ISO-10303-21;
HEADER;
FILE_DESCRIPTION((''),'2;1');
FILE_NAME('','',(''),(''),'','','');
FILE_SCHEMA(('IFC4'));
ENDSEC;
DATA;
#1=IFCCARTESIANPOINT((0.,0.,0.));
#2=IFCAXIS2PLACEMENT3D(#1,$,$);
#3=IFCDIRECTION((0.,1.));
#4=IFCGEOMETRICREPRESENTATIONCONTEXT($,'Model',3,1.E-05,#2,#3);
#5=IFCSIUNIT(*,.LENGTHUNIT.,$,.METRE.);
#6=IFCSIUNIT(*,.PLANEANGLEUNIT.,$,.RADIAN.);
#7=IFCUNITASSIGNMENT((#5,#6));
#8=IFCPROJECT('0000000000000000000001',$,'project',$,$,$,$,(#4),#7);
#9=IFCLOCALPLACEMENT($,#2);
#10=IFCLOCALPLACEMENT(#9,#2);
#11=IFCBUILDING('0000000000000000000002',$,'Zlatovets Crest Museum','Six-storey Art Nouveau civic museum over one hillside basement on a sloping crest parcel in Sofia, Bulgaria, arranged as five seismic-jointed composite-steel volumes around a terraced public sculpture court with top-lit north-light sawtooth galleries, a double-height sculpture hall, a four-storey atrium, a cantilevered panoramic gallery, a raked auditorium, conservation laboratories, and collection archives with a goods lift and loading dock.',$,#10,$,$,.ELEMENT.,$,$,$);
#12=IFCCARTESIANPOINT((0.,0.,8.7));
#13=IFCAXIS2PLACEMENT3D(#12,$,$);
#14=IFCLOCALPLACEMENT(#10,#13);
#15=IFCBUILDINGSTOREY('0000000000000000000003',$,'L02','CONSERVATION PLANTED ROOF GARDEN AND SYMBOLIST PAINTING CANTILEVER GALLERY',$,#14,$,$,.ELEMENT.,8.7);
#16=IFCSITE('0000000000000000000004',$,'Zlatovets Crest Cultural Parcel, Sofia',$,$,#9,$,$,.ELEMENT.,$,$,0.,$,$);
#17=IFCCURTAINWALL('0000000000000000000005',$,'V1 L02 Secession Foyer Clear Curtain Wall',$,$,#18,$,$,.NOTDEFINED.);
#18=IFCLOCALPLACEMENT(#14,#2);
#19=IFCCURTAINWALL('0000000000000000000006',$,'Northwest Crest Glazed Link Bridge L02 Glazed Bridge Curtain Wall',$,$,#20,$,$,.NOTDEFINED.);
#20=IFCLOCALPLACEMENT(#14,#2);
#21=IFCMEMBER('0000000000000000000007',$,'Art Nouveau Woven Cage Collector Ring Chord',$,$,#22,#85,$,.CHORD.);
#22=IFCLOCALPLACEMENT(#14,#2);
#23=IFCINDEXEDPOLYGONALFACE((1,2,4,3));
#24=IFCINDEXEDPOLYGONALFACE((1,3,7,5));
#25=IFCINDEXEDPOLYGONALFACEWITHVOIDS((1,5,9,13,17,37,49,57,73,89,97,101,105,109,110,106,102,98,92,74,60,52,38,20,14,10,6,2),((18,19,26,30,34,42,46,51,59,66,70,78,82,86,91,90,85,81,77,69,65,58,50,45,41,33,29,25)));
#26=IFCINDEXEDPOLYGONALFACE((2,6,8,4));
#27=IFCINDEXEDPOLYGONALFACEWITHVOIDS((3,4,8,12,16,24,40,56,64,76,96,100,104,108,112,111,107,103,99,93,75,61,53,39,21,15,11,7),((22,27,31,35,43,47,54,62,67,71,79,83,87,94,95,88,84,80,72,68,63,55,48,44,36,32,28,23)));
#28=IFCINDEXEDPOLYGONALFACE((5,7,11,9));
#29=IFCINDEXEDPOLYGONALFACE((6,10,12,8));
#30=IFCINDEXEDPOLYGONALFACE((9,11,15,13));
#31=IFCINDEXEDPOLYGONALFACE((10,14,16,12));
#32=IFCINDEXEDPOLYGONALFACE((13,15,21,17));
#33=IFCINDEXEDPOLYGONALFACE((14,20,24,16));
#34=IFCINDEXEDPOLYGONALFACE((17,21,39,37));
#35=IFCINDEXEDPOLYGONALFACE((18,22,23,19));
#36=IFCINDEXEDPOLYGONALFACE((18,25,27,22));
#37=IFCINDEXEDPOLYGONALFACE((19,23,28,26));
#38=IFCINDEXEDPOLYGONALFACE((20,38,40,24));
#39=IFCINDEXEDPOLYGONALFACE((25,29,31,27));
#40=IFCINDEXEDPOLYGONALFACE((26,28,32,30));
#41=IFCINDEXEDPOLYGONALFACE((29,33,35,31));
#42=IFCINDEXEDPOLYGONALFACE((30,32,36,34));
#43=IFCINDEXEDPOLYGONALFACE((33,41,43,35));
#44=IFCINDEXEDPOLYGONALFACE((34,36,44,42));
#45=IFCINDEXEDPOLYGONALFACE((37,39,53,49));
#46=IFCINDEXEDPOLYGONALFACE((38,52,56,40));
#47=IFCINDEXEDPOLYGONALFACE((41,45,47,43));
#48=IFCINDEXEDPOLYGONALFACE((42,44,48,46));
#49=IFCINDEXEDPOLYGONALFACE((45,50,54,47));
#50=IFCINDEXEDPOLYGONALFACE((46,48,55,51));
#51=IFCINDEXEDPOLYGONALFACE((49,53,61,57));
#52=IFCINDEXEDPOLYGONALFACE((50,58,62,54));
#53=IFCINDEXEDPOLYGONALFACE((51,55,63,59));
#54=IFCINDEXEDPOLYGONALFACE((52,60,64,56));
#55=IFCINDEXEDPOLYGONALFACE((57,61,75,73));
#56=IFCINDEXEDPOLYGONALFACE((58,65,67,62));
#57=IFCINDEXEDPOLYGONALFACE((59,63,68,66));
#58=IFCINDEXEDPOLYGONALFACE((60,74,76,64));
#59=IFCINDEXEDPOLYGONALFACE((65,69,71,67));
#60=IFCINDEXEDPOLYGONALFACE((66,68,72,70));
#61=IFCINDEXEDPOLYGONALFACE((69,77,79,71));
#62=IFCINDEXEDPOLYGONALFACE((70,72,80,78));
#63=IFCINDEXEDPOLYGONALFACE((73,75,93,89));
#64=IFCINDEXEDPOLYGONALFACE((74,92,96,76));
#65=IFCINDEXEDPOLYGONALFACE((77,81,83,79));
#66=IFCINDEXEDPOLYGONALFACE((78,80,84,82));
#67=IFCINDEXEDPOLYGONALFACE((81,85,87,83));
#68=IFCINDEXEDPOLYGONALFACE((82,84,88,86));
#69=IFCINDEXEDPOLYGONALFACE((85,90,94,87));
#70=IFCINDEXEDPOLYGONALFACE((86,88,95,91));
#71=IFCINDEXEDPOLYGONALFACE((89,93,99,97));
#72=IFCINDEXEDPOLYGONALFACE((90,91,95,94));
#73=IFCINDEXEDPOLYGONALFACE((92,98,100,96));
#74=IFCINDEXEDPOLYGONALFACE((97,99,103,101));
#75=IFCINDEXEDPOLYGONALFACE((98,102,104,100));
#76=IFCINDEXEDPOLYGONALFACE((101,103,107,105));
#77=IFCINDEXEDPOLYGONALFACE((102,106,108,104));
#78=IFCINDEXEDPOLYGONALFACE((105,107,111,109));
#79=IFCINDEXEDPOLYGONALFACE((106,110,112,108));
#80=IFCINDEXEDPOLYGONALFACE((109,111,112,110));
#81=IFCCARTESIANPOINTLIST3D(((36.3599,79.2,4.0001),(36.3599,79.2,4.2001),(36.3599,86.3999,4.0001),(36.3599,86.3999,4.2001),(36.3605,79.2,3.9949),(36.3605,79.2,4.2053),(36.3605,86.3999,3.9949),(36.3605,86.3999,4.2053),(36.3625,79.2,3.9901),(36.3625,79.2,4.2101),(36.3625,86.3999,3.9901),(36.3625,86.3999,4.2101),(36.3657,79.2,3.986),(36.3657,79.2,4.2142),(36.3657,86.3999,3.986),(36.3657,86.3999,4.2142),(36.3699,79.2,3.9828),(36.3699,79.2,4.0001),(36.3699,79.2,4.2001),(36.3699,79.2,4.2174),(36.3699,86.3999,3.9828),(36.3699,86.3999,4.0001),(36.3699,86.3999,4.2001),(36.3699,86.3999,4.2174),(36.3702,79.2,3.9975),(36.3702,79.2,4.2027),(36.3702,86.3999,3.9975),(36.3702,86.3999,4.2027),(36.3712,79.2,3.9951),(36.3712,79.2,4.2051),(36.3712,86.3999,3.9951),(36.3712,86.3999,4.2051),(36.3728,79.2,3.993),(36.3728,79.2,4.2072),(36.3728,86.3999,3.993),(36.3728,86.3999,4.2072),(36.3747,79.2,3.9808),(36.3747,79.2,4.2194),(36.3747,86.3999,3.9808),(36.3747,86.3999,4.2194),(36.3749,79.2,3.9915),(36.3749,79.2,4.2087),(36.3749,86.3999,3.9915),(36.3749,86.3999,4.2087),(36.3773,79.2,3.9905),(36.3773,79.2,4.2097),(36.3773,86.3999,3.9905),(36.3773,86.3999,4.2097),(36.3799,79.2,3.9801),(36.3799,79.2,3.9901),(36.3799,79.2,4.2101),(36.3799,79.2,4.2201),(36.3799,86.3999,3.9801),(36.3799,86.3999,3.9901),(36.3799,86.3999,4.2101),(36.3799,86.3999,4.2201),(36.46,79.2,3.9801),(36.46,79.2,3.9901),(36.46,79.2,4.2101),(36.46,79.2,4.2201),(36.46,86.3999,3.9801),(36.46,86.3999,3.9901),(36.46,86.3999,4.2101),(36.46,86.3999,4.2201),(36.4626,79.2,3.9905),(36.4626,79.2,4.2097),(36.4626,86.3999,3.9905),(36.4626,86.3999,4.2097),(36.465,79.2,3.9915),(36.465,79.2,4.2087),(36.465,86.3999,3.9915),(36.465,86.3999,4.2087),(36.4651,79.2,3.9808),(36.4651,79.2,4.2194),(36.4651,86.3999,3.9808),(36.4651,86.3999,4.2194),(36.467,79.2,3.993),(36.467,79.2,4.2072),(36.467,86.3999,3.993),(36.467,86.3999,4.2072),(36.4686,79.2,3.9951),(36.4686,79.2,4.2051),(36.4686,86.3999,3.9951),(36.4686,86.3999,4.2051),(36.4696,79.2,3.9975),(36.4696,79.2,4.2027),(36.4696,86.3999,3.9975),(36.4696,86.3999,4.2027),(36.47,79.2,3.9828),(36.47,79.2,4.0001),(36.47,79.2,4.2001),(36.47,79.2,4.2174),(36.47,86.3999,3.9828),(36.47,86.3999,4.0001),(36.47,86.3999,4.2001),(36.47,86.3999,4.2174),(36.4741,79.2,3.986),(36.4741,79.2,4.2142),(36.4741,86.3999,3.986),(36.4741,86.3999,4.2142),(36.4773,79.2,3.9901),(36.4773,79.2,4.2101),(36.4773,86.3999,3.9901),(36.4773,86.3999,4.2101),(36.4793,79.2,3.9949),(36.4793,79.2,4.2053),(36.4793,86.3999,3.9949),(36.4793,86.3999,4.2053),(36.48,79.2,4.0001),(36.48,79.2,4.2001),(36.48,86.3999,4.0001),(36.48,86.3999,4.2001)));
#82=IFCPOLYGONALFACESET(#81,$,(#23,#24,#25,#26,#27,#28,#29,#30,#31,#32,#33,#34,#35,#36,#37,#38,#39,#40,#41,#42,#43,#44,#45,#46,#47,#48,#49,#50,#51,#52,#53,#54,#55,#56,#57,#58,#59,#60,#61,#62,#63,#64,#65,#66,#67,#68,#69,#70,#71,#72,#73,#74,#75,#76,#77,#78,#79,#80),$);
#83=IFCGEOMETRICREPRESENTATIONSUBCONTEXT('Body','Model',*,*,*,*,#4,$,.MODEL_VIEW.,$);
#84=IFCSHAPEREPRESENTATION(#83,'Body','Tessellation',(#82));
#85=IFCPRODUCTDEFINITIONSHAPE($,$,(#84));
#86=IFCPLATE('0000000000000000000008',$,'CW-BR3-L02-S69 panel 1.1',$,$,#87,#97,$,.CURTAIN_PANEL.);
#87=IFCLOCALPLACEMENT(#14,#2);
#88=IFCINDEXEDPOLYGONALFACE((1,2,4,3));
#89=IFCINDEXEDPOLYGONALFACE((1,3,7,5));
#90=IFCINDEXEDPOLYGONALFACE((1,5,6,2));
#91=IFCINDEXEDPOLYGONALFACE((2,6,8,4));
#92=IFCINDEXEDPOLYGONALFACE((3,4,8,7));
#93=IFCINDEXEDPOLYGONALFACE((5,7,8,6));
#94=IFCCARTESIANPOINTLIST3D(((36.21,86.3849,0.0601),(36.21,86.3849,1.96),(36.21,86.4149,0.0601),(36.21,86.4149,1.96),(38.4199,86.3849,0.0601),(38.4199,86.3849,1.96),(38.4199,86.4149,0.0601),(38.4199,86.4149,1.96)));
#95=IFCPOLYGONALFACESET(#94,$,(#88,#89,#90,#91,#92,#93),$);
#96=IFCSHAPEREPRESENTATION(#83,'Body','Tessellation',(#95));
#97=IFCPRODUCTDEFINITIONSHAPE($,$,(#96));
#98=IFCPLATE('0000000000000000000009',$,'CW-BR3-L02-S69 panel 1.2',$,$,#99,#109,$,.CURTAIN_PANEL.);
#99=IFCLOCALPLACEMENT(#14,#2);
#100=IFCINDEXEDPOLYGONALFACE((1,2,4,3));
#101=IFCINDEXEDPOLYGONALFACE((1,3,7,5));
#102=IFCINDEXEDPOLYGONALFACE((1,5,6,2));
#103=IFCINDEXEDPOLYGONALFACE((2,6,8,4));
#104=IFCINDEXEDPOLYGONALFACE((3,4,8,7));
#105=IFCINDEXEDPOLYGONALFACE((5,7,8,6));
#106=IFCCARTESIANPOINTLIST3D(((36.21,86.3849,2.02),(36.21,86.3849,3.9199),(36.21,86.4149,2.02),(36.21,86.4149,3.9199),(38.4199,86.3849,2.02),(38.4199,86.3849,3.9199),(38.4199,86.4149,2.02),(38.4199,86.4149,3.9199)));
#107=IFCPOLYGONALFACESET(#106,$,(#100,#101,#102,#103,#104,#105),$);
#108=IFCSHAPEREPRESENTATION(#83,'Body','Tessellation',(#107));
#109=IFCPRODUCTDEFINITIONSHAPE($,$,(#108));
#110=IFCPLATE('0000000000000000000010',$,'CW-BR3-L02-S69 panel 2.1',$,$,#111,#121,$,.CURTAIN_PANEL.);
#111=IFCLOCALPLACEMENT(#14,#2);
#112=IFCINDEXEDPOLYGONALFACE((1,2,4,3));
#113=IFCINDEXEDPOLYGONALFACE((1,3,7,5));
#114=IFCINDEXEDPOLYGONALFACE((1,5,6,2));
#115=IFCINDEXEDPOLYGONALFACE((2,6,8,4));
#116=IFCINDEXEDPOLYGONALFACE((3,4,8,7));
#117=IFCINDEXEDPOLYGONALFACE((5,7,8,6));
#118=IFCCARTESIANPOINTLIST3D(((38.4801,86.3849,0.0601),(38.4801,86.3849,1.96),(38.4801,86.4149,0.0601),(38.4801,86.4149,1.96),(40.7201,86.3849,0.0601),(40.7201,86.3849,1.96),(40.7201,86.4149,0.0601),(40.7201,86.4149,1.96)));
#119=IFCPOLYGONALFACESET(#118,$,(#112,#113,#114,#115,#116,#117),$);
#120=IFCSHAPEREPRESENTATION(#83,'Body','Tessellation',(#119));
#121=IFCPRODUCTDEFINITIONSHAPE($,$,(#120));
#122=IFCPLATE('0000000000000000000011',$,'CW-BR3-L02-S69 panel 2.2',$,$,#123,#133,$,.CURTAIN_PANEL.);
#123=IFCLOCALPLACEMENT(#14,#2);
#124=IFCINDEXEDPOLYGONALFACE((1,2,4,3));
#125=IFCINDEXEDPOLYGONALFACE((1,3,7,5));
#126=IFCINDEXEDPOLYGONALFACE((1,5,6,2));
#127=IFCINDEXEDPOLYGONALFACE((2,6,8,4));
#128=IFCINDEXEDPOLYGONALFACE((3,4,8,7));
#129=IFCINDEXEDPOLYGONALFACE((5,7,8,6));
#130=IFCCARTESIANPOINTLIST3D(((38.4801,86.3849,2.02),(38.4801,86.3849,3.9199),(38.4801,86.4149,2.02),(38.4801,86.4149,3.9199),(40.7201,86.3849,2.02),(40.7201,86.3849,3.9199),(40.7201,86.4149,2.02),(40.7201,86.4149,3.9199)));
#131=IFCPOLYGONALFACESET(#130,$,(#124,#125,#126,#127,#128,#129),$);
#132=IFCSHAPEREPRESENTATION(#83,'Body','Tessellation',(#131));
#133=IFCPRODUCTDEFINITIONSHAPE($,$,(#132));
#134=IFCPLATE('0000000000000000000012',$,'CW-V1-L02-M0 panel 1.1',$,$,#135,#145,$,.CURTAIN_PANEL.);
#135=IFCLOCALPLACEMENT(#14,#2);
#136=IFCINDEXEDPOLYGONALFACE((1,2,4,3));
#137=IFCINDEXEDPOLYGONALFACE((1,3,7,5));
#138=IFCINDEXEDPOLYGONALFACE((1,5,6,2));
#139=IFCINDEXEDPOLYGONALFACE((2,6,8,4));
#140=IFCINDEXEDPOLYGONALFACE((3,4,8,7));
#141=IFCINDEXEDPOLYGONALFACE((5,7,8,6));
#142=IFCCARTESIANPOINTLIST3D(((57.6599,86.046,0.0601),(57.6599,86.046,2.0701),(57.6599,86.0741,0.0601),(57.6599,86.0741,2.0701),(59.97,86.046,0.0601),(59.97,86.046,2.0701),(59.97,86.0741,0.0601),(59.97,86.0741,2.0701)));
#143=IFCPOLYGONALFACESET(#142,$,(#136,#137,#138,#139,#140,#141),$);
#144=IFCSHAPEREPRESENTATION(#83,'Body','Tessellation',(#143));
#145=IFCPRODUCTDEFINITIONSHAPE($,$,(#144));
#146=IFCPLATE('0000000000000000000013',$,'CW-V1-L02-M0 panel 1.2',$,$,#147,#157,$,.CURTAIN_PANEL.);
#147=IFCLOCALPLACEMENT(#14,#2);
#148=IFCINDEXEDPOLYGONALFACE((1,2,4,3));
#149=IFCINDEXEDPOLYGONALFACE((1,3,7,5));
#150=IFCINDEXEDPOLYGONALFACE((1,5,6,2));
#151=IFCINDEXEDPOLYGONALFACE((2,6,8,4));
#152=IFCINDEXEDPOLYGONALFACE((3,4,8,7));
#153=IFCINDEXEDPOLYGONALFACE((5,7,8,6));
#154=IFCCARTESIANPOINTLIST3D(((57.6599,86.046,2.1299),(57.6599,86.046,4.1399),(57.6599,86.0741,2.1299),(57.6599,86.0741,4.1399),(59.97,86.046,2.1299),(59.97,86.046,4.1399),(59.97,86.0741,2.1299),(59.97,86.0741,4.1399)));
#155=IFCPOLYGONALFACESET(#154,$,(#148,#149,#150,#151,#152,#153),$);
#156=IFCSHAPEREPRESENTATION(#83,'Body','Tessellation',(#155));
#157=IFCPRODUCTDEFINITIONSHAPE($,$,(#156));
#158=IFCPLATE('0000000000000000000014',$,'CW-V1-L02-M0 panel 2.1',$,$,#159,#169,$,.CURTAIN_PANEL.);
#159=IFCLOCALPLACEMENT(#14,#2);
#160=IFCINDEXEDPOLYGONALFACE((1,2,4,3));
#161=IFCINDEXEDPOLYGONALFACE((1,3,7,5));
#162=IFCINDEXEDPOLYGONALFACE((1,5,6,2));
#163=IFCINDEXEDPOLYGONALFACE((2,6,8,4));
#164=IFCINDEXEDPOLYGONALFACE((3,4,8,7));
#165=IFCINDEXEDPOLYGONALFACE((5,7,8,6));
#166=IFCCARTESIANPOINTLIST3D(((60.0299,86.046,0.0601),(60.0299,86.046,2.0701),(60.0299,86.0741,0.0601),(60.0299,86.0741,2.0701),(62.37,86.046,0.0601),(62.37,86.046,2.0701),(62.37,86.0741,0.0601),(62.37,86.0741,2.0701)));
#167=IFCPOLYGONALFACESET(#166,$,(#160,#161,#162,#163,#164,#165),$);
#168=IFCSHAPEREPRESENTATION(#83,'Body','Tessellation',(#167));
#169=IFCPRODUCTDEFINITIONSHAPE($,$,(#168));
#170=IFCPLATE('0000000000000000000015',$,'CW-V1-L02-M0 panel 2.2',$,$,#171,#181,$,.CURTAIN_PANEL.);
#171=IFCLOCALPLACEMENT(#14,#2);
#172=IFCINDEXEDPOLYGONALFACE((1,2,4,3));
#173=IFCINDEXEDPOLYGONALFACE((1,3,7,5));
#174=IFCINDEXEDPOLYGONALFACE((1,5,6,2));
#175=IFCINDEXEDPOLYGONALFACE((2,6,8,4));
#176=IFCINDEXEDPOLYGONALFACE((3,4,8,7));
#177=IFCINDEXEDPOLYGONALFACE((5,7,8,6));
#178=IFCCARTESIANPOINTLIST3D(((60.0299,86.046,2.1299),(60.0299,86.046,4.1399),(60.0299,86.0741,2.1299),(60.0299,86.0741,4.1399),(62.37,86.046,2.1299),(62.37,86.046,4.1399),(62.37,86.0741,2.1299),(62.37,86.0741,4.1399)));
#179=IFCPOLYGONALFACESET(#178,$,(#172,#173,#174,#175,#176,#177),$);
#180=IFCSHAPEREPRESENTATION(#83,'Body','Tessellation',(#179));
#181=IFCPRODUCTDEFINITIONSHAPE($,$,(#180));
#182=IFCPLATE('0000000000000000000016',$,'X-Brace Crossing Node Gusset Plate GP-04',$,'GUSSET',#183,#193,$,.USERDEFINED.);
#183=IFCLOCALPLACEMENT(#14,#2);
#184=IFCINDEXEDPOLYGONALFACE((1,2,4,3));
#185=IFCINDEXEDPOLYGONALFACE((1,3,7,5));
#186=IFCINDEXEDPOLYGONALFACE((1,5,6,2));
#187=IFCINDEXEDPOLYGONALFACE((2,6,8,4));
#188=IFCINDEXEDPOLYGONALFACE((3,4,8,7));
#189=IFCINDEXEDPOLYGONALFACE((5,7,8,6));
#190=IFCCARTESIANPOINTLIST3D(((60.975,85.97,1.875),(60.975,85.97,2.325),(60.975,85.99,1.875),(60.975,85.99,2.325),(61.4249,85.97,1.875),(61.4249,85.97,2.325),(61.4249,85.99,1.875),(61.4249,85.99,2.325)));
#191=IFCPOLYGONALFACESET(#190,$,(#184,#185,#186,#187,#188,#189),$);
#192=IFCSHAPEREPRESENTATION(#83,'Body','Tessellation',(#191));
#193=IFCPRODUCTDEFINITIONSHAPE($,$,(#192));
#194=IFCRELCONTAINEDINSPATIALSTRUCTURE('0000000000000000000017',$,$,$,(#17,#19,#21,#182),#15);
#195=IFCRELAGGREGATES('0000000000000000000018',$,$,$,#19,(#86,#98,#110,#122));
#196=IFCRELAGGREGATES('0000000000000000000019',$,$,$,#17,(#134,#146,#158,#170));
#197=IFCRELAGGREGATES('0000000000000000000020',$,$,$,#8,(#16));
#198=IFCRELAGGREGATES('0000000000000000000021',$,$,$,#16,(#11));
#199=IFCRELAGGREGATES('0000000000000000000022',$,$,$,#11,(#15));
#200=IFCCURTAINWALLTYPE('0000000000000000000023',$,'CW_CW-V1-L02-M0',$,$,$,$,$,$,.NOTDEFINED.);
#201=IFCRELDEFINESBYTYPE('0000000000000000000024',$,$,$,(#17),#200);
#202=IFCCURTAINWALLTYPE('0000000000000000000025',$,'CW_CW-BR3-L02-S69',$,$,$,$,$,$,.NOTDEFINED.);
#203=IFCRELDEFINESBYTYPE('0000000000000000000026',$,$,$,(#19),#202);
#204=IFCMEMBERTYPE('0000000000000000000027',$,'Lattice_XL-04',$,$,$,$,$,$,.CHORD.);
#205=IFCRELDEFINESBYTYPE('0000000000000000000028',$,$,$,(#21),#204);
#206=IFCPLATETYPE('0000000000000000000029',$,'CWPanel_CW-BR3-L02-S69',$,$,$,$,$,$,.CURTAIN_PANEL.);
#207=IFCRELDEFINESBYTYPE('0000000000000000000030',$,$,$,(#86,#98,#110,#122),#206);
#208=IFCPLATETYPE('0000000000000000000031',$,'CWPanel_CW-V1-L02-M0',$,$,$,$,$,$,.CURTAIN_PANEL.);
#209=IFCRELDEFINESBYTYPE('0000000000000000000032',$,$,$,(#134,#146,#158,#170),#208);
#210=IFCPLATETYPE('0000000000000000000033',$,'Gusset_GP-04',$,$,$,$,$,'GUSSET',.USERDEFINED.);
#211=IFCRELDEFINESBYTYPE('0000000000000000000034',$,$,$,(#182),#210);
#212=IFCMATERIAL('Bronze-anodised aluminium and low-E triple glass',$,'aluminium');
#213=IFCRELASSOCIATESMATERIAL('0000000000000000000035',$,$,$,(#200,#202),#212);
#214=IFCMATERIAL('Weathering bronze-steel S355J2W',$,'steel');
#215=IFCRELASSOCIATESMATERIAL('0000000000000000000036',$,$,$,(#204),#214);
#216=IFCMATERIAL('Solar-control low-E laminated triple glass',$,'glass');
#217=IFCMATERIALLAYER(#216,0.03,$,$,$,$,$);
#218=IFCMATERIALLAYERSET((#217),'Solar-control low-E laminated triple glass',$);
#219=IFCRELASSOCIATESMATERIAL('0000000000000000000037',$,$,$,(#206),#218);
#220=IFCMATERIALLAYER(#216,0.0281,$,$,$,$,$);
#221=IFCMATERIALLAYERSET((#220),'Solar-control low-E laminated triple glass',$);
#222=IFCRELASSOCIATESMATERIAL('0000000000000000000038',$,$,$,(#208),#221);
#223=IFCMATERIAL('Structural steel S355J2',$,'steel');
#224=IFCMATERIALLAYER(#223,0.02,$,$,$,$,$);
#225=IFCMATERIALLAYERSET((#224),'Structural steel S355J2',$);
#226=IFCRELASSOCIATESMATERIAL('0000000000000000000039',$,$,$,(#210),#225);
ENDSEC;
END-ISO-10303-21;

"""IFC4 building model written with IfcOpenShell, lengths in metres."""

from ifc_helpers import new_model, si_unit, direction, frame, origin, origin_2d, place, context, subcontext, project, spatial, rectangle, hollow_rectangle, extrude, material, layer, layer_set, material_profile, profile_set, type_object, element, aggregate, save


model = new_model("IFC4")

# Units and contexts
model_context = context("Model", 3, precision=1e-05, world=origin(), true_north=direction((0.0, 1.0)))
body_context = subcontext(model_context, "Body", "Model", "MODEL_VIEW")
ifc_project = project(units=[si_unit("LENGTHUNIT", "METRE"), si_unit("PLANEANGLEUNIT", "RADIAN")], contexts=[model_context])

# Site, building, storey
site_placement = place(None, origin())
site = spatial("IfcSite", under=ifc_project, at=site_placement, Name="Zlatovets Crest Cultural Parcel, Sofia", CompositionType="ELEMENT", RefElevation=0.0)
building_placement = place(site_placement, origin())
building = spatial("IfcBuilding", under=site, at=building_placement, Name="Zlatovets Crest Museum", Description="Six-storey Art Nouveau civic museum over one hillside basement on a sloping crest parcel in Sofia, Bulgaria, arranged as five seismic-jointed composite-steel volumes around a terraced public sculpture court with top-lit north-light sawtooth galleries, a double-height sculpture hall, a four-storey atrium, a cantilevered panoramic gallery, a raked auditorium, conservation laboratories, and collection archives with a goods lift and loading dock.", CompositionType="ELEMENT")
storey_placement = place(building_placement, frame((0.0, 0.0, 8.7)))
storey = spatial("IfcBuildingStorey", under=building, at=storey_placement, Name="L02", Description="CONSERVATION PLANTED ROOF GARDEN AND SYMBOLIST PAINTING CANTILEVER GALLERY", CompositionType="ELEMENT", Elevation=8.7)

# Curtain walls
ifc_material_1 = material(Name="Bronze-anodised aluminium and low-E triple glass", Category="aluminium")
curtain_wall_type_1 = type_object("IfcCurtainWallType", Name="CW_CW-V1-L02-M0", PredefinedType="NOTDEFINED", material=ifc_material_1)
curtain_wall_1_placement = place(storey_placement, origin())
curtain_wall_1 = element("IfcCurtainWall", 1, at=curtain_wall_1_placement, inside=storey, type_object=curtain_wall_type_1, Name="V1 L02 Secession Foyer Clear Curtain Wall", PredefinedType="NOTDEFINED")
curtain_wall_type_2 = type_object("IfcCurtainWallType", Name="CW_CW-BR3-L02-S69", PredefinedType="NOTDEFINED", material=ifc_material_1)
curtain_wall_2_placement = place(storey_placement, origin())
curtain_wall_2 = element("IfcCurtainWall", 2, at=curtain_wall_2_placement, inside=storey, type_object=curtain_wall_type_2, Name="Northwest Crest Glazed Link Bridge L02 Glazed Bridge Curtain Wall", PredefinedType="NOTDEFINED")

# Member
ifc_material_2 = material(Name="Weathering bronze-steel S355J2W", Category="steel")
ifc_material_profile_1 = material_profile(ifc_material_2, hollow_rectangle(XDim=0.1201, YDim=0.24, WallThickness=0.01, InnerFilletRadius=0.01, OuterFilletRadius=0.02, at=origin_2d()), Name="RHS 120x240x10.0")
ifc_profile_set_1 = profile_set([ifc_material_profile_1], Name="Weathering bronze-steel S355J2W")
member_type_1 = type_object("IfcMemberType", Name="Lattice_XL-04", PredefinedType="CHORD", material=ifc_profile_set_1)
for number, where, z_axis, x_axis, name in (
    (3, (36.4199, 79.2, 4.1001), (0.0, 1.0, 0.0), (-1.0, 0.0, 0.0), "Art Nouveau Woven Cage Collector Ring Chord"),
):
    element("IfcMember", number, at=place(storey_placement, frame(where, z_axis=z_axis, x_axis=x_axis)), inside=storey, type_object=member_type_1, Name=name, PredefinedType="CHORD", context=body_context, shape_type="SweptSolid", body=[
        extrude(hollow_rectangle(XDim=0.1201, YDim=0.24, WallThickness=0.01, InnerFilletRadius=0.01, OuterFilletRadius=0.02, at=origin_2d()), origin(), (0.0, 0.0, 1.0), 7.2),
    ])

# Plates
ifc_material_3 = material(Name="Solar-control low-E laminated triple glass", Category="glass")
ifc_layer_1 = layer(ifc_material_3, 0.03)
ifc_layer_set_1 = layer_set([ifc_layer_1], Name="Solar-control low-E laminated triple glass")
plate_type_1 = type_object("IfcPlateType", Name="CWPanel_CW-BR3-L02-S69", PredefinedType="CURTAIN_PANEL", material=ifc_layer_set_1)
plate_1_placement = place(storey_placement, frame((37.3149, 86.3999, 0.0601), z_axis=(0.0, 0.0, 1.0), x_axis=(1.0, 0.0, 0.0)))
plate_1 = element("IfcPlate", 4, at=plate_1_placement, type_object=plate_type_1, Name="CW-BR3-L02-S69 panel 1.1", PredefinedType="CURTAIN_PANEL", context=body_context, shape_type="SweptSolid", body=[
    extrude(rectangle(XDim=2.21, YDim=0.03, at=origin_2d()), origin(), (0.0, 0.0, 1.0), 1.8999),
])
plate_2_placement = place(storey_placement, frame((37.3149, 86.3999, 2.02), z_axis=(0.0, 0.0, 1.0), x_axis=(1.0, 0.0, 0.0)))
plate_2 = element("IfcPlate", 5, at=plate_2_placement, type_object=plate_type_1, Name="CW-BR3-L02-S69 panel 1.2", PredefinedType="CURTAIN_PANEL", context=body_context, shape_type="SweptSolid", body=[
    extrude(rectangle(XDim=2.21, YDim=0.03, at=origin_2d()), origin(), (0.0, 0.0, 1.0), 1.8999),
])
plate_3_placement = place(storey_placement, frame((39.6001, 86.3999, 0.0601), z_axis=(0.0, 0.0, 1.0), x_axis=(1.0, 0.0, 0.0)))
plate_3 = element("IfcPlate", 6, at=plate_3_placement, type_object=plate_type_1, Name="CW-BR3-L02-S69 panel 2.1", PredefinedType="CURTAIN_PANEL", context=body_context, shape_type="SweptSolid", body=[
    extrude(rectangle(XDim=2.24, YDim=0.03, at=origin_2d()), origin(), (0.0, 0.0, 1.0), 1.8999),
])
plate_4_placement = place(storey_placement, frame((39.6001, 86.3999, 2.02), z_axis=(0.0, 0.0, 1.0), x_axis=(1.0, 0.0, 0.0)))
plate_4 = element("IfcPlate", 7, at=plate_4_placement, type_object=plate_type_1, Name="CW-BR3-L02-S69 panel 2.2", PredefinedType="CURTAIN_PANEL", context=body_context, shape_type="SweptSolid", body=[
    extrude(rectangle(XDim=2.24, YDim=0.03, at=origin_2d()), origin(), (0.0, 0.0, 1.0), 1.8999),
])
aggregate(curtain_wall_2, [plate_1, plate_2, plate_3, plate_4])
ifc_layer_2 = layer(ifc_material_3, 0.0281)
ifc_layer_set_2 = layer_set([ifc_layer_2], Name="Solar-control low-E laminated triple glass")
plate_type_2 = type_object("IfcPlateType", Name="CWPanel_CW-V1-L02-M0", PredefinedType="CURTAIN_PANEL", material=ifc_layer_set_2)
plate_5_placement = place(storey_placement, frame((58.8149, 86.0601, 0.0601), z_axis=(0.0, 0.0, 1.0), x_axis=(1.0, 0.0, 0.0)))
plate_5 = element("IfcPlate", 8, at=plate_5_placement, type_object=plate_type_2, Name="CW-V1-L02-M0 panel 1.1", PredefinedType="CURTAIN_PANEL", context=body_context, shape_type="SweptSolid", body=[
    extrude(rectangle(XDim=2.3101, YDim=0.0281, at=origin_2d()), origin(), (0.0, 0.0, 1.0), 2.01),
])
plate_6_placement = place(storey_placement, frame((58.8149, 86.0601, 2.1299), z_axis=(0.0, 0.0, 1.0), x_axis=(1.0, 0.0, 0.0)))
plate_6 = element("IfcPlate", 9, at=plate_6_placement, type_object=plate_type_2, Name="CW-V1-L02-M0 panel 1.2", PredefinedType="CURTAIN_PANEL", context=body_context, shape_type="SweptSolid", body=[
    extrude(rectangle(XDim=2.3101, YDim=0.0281, at=origin_2d()), origin(), (0.0, 0.0, 1.0), 2.01),
])
plate_7_placement = place(storey_placement, frame((61.2, 86.0601, 0.0601), z_axis=(0.0, 0.0, 1.0), x_axis=(1.0, 0.0, 0.0)))
plate_7 = element("IfcPlate", 10, at=plate_7_placement, type_object=plate_type_2, Name="CW-V1-L02-M0 panel 2.1", PredefinedType="CURTAIN_PANEL", context=body_context, shape_type="SweptSolid", body=[
    extrude(rectangle(XDim=2.3401, YDim=0.0281, at=origin_2d()), origin(), (0.0, 0.0, 1.0), 2.01),
])
plate_8_placement = place(storey_placement, frame((61.2, 86.0601, 2.1299), z_axis=(0.0, 0.0, 1.0), x_axis=(1.0, 0.0, 0.0)))
plate_8 = element("IfcPlate", 11, at=plate_8_placement, type_object=plate_type_2, Name="CW-V1-L02-M0 panel 2.2", PredefinedType="CURTAIN_PANEL", context=body_context, shape_type="SweptSolid", body=[
    extrude(rectangle(XDim=2.3401, YDim=0.0281, at=origin_2d()), origin(), (0.0, 0.0, 1.0), 2.01),
])
aggregate(curtain_wall_1, [plate_5, plate_6, plate_7, plate_8])

# Plate
ifc_material_4 = material(Name="Structural steel S355J2", Category="steel")
ifc_layer_3 = layer(ifc_material_4, 0.02)
ifc_layer_set_3 = layer_set([ifc_layer_3], Name="Structural steel S355J2")
plate_type_3 = type_object("IfcPlateType", Name="Gusset_GP-04", ElementType="GUSSET", PredefinedType="USERDEFINED", material=ifc_layer_set_3)
plate_9_placement = place(storey_placement, frame((61.2, 85.98, 1.875), z_axis=(0.0, 0.0, 1.0), x_axis=(1.0, 0.0, 0.0)))
element("IfcPlate", 12, at=plate_9_placement, inside=storey, type_object=plate_type_3, Name="X-Brace Crossing Node Gusset Plate GP-04", ObjectType="GUSSET", PredefinedType="USERDEFINED", context=body_context, shape_type="SweptSolid", body=[
    extrude(rectangle(XDim=0.45, YDim=0.02, at=origin_2d()), origin(), (0.0, 0.0, 1.0), 0.45),
])

save(model, "model.ifc")
